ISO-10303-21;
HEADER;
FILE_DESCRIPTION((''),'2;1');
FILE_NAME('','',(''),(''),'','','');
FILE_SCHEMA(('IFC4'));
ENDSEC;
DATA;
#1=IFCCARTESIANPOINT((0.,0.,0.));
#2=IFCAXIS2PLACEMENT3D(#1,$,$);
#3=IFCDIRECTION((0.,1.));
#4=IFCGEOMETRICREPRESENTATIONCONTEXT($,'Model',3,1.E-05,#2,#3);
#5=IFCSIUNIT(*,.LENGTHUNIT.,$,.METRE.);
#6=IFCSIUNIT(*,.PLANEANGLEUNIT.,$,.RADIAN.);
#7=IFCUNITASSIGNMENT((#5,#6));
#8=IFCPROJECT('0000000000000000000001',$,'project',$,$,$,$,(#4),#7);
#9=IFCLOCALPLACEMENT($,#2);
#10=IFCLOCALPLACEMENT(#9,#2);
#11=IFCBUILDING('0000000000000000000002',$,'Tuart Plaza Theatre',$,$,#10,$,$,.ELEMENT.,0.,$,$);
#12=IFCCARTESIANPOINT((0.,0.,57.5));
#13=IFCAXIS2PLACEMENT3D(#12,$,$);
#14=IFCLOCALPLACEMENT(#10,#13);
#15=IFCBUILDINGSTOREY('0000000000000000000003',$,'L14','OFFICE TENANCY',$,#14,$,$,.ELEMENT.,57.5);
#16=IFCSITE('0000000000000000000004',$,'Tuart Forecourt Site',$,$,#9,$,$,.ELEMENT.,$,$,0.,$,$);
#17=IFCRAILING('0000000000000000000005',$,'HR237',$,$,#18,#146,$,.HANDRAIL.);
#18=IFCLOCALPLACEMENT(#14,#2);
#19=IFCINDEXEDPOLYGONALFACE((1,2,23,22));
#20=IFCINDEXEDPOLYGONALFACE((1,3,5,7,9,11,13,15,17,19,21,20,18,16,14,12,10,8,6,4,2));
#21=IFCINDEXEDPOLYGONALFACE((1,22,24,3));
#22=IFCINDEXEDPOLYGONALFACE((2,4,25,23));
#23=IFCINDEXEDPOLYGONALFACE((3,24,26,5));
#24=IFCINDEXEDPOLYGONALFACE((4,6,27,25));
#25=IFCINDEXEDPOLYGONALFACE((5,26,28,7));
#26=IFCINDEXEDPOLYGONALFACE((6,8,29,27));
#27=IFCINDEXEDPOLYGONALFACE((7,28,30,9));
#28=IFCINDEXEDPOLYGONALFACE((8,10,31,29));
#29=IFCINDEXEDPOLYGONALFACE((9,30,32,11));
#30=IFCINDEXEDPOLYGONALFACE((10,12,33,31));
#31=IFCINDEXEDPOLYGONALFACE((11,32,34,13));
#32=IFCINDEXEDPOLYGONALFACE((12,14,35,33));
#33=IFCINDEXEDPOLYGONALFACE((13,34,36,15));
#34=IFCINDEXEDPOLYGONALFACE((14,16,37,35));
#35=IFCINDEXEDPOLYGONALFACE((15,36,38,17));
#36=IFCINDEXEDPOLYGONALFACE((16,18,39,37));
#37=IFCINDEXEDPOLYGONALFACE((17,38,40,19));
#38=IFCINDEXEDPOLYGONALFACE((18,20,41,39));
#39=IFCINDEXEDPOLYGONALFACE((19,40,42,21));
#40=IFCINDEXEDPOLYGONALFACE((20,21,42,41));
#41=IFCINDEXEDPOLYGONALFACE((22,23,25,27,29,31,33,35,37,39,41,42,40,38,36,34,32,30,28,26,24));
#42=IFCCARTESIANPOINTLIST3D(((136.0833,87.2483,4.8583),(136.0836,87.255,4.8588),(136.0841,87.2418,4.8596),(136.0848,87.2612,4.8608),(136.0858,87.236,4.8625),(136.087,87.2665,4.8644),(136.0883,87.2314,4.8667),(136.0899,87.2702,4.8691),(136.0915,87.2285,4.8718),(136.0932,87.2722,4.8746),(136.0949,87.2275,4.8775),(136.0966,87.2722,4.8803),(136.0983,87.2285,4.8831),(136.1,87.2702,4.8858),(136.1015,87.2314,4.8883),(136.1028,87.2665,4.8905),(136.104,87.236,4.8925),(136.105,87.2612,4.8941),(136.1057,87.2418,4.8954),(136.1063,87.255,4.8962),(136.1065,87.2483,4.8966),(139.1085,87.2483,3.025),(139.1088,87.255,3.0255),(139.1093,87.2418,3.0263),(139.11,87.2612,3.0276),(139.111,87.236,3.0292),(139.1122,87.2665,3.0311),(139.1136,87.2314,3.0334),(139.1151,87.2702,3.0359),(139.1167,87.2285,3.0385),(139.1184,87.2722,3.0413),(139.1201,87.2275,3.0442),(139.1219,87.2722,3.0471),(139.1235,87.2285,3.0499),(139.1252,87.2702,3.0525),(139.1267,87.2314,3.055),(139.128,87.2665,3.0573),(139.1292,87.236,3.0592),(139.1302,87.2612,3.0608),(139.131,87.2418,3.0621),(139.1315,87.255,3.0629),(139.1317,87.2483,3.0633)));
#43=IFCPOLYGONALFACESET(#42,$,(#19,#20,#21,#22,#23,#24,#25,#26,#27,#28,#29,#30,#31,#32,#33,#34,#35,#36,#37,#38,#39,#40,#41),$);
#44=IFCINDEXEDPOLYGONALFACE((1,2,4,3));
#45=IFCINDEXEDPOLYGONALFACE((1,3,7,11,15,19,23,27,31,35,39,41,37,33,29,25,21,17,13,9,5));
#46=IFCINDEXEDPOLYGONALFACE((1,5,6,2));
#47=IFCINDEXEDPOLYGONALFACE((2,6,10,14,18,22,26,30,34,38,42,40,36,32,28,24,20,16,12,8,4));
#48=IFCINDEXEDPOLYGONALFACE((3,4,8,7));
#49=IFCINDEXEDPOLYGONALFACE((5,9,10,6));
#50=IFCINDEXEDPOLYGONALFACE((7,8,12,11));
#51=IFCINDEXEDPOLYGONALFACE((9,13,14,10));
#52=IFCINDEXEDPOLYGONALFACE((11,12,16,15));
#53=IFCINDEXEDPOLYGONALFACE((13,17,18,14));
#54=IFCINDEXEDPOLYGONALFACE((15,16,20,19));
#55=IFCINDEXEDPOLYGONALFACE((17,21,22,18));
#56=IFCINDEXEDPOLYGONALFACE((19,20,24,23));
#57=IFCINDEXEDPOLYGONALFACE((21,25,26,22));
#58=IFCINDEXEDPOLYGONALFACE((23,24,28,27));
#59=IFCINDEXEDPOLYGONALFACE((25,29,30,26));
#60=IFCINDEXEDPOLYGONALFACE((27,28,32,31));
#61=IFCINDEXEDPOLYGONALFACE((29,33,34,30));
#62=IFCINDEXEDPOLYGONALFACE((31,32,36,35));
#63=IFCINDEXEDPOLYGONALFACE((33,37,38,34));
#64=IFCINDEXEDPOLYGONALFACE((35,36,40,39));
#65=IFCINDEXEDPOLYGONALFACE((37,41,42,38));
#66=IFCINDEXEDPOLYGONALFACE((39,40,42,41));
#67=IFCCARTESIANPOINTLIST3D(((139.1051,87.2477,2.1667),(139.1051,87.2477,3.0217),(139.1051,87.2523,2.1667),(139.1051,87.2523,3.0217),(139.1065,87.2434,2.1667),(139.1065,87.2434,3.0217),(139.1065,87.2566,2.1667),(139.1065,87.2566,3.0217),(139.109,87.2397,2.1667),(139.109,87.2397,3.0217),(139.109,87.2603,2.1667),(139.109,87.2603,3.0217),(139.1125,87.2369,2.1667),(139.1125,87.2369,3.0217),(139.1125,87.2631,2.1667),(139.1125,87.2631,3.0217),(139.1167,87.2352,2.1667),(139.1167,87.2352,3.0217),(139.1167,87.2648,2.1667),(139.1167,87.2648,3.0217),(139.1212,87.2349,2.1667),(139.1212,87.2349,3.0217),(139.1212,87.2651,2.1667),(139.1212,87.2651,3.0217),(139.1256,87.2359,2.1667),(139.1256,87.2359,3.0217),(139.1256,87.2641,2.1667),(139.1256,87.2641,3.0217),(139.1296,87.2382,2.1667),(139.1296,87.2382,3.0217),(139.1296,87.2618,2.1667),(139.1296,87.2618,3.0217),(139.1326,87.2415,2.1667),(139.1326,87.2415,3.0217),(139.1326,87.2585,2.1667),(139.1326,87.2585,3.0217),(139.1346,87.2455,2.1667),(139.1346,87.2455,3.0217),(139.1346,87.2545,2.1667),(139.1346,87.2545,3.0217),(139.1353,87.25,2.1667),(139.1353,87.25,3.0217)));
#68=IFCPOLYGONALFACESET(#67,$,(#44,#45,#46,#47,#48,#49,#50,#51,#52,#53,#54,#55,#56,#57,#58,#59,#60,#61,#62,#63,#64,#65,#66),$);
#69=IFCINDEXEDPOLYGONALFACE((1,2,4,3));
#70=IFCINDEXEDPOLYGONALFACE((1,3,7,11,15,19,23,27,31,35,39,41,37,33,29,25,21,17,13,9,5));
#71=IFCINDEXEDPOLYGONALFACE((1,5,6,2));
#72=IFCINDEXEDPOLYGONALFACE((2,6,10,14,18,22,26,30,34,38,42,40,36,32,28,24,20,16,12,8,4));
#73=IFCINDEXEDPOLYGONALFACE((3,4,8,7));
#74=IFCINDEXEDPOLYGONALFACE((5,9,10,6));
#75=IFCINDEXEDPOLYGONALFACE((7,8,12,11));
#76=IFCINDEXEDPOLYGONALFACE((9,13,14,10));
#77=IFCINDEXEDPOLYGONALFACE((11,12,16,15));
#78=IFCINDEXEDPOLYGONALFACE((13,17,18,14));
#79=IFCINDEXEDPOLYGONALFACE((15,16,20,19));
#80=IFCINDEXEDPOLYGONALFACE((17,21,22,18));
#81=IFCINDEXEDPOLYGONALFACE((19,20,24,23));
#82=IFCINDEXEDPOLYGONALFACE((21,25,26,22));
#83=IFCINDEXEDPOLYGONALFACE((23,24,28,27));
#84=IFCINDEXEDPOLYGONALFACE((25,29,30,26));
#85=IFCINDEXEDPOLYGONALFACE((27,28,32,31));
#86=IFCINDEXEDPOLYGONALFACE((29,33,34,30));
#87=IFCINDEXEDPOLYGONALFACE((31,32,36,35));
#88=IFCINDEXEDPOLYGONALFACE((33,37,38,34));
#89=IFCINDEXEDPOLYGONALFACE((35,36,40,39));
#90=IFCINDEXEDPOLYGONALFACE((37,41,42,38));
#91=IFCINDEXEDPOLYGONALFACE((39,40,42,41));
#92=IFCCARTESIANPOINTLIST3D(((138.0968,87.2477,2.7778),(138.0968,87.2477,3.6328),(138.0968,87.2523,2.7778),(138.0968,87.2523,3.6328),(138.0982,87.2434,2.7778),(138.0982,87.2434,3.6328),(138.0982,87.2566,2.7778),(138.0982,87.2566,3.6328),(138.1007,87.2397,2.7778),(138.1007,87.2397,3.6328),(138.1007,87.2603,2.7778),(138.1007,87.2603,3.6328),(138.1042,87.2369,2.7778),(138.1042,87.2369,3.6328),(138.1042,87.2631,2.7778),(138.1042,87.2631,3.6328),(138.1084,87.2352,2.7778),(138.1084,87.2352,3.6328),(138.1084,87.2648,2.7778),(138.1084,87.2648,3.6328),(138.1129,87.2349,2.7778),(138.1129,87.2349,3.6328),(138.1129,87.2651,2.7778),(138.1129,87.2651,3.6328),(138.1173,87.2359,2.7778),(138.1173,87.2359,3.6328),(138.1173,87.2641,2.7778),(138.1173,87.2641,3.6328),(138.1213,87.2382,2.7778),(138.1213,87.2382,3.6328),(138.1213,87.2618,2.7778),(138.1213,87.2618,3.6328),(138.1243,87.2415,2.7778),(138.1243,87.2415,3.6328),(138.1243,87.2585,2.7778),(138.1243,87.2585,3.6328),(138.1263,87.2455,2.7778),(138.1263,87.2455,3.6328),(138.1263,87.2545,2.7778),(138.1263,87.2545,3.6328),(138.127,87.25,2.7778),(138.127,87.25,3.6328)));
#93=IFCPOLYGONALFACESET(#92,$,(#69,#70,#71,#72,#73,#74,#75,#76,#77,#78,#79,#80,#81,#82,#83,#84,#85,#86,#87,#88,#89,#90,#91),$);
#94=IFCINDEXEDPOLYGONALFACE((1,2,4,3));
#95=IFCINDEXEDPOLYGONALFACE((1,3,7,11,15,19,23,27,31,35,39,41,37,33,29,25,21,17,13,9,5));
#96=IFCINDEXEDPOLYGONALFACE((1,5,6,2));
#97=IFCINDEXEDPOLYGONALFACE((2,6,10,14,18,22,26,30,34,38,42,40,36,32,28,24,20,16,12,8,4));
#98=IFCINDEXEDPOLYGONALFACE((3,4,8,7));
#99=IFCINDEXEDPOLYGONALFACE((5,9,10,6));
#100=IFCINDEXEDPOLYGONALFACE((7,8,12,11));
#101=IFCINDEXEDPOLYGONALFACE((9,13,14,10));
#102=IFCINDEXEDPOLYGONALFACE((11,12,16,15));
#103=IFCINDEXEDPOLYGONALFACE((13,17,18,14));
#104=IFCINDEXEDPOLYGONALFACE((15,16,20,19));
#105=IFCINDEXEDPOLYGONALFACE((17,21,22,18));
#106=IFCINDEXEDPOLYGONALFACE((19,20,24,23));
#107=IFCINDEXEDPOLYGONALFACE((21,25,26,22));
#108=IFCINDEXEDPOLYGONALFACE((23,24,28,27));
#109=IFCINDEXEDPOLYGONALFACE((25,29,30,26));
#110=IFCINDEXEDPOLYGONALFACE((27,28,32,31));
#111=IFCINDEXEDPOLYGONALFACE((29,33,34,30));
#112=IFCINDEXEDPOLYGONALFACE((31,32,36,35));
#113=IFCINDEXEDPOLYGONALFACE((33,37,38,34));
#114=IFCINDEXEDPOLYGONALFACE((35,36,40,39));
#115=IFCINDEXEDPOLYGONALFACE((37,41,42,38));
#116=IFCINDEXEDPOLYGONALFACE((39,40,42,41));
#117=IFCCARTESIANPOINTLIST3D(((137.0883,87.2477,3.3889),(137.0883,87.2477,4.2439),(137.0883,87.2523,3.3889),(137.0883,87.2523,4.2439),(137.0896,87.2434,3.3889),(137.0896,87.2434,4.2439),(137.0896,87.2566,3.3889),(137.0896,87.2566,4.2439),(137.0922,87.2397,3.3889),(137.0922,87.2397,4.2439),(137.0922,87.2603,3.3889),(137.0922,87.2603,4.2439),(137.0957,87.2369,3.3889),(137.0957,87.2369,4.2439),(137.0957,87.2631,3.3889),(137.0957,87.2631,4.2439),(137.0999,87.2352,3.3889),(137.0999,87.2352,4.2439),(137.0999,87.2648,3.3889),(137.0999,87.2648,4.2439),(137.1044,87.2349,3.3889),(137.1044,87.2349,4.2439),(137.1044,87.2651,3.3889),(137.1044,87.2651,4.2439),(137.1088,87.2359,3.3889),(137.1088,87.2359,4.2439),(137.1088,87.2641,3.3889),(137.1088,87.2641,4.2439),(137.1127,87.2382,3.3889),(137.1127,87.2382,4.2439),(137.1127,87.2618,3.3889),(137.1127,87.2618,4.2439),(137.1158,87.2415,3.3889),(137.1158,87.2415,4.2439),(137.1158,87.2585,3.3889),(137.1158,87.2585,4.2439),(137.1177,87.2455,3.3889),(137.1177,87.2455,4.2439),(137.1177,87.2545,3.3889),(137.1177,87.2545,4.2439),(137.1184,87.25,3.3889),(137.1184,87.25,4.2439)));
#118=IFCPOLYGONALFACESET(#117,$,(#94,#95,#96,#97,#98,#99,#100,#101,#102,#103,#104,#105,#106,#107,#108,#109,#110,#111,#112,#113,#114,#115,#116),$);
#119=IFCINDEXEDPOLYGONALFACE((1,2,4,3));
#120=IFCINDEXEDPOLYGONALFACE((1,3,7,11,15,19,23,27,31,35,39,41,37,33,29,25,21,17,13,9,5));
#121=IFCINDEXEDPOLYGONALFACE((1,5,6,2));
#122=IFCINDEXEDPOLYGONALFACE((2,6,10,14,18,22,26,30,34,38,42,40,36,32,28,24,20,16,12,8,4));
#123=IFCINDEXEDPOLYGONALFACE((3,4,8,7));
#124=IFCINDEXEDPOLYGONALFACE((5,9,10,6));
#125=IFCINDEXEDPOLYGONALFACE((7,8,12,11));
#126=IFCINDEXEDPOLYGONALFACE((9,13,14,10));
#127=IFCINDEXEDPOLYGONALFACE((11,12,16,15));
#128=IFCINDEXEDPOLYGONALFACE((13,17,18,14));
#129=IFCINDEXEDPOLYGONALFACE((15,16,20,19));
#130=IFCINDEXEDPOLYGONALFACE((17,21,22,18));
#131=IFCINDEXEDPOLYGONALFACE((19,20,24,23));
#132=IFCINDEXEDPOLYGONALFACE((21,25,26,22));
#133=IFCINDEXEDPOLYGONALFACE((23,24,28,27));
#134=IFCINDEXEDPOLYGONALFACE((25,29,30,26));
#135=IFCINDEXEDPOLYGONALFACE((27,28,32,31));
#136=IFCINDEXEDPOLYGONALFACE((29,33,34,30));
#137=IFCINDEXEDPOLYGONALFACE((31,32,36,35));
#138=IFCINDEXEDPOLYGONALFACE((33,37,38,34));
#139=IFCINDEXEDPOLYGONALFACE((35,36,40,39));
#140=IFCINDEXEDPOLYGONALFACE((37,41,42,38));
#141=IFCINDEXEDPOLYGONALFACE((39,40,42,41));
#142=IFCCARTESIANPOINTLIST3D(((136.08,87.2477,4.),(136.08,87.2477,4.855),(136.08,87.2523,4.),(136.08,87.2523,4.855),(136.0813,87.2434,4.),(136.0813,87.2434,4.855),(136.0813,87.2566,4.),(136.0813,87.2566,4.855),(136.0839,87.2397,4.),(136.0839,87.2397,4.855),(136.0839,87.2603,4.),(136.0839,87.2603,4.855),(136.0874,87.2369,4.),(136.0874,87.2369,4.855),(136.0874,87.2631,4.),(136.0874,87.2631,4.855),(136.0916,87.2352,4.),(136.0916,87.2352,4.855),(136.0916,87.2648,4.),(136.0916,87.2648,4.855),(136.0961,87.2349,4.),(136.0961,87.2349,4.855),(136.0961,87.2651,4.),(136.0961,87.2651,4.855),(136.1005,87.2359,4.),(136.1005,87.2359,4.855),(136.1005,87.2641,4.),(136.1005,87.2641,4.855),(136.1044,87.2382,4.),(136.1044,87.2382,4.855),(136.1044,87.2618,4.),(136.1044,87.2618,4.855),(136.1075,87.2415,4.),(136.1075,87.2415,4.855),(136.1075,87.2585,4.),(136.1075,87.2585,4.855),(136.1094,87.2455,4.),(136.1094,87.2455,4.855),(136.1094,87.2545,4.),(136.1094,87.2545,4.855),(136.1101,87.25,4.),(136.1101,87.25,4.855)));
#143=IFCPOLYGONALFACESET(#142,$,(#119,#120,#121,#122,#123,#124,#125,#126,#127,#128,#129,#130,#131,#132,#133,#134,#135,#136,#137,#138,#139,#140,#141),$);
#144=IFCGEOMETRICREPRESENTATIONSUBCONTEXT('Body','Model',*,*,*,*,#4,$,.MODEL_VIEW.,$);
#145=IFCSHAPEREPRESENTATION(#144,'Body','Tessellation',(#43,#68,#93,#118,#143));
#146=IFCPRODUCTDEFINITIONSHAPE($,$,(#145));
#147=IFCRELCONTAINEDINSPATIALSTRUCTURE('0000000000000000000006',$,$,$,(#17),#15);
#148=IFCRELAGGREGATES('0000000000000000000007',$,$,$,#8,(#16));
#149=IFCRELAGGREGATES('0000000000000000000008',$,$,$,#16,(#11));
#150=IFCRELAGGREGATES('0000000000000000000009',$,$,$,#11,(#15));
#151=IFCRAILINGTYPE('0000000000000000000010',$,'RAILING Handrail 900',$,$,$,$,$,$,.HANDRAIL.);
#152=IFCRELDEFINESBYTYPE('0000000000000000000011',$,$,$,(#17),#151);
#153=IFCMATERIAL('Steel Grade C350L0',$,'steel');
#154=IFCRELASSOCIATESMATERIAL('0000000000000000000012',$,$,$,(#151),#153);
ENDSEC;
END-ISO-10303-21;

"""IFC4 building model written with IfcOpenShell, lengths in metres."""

from ifc_helpers import new_model, si_unit, direction, frame, origin, origin_2d, place, context, subcontext, project, spatial, circle, extrude, material, type_object, element, save


model = new_model("IFC4")

# Units and contexts
model_context = context("Model", 3, precision=1e-05, world=origin(), true_north=direction((0.0, 1.0)))
body_context = subcontext(model_context, "Body", "Model", "MODEL_VIEW")
ifc_project = project(units=[si_unit("LENGTHUNIT", "METRE"), si_unit("PLANEANGLEUNIT", "RADIAN")], contexts=[model_context])

# Site, building, storey
site_placement = place(None, origin())
site = spatial("IfcSite", under=ifc_project, at=site_placement, Name="Tuart Forecourt Site", CompositionType="ELEMENT", RefElevation=0.0)
building_placement = place(site_placement, origin())
building = spatial("IfcBuilding", under=site, at=building_placement, Name="Tuart Plaza Theatre", CompositionType="ELEMENT", ElevationOfRefHeight=0.0)
storey_placement = place(building_placement, frame((0.0, 0.0, 57.5)))
storey = spatial("IfcBuildingStorey", under=building, at=storey_placement, Name="L14", Description="OFFICE TENANCY", CompositionType="ELEMENT", Elevation=57.5)

# Railing
ifc_material_1 = material(Name="Steel Grade C350L0", Category="steel")
railing_type_1 = type_object("IfcRailingType", Name="RAILING Handrail 900", PredefinedType="HANDRAIL", material=ifc_material_1)
for number, where, name in (
    (1, (139.1201, 87.25, 2.1667), "HR237"),
):
    element("IfcRailing", number, at=place(storey_placement, frame(where)), inside=storey, type_object=railing_type_1, Name=name, PredefinedType="HANDRAIL", context=body_context, shape_type="SweptSolid", body=[
        extrude(circle(Radius=0.0225, at=origin_2d()), frame((0.0, 0.0, 0.8774), z_axis=(-0.855219, 0.0, 0.518267), x_axis=(0.0, -1.0, 0.0)), (0.0, 0.0, 1.0), 3.5374),
        extrude(circle(Radius=0.0151, at=origin_2d()), origin(), (0.0, 0.0, 1.0), 0.855),
        extrude(circle(Radius=0.0151, at=origin_2d()), frame((-1.0083, 0.0, 0.6111)), (0.0, 0.0, 1.0), 0.855),
        extrude(circle(Radius=0.0151, at=origin_2d()), frame((-2.0168, 0.0, 1.2222)), (0.0, 0.0, 1.0), 0.855),
        extrude(circle(Radius=0.0151, at=origin_2d()), frame((-3.0251, 0.0, 1.8333)), (0.0, 0.0, 1.0), 0.855),
    ])

save(model, "model.ifc")
